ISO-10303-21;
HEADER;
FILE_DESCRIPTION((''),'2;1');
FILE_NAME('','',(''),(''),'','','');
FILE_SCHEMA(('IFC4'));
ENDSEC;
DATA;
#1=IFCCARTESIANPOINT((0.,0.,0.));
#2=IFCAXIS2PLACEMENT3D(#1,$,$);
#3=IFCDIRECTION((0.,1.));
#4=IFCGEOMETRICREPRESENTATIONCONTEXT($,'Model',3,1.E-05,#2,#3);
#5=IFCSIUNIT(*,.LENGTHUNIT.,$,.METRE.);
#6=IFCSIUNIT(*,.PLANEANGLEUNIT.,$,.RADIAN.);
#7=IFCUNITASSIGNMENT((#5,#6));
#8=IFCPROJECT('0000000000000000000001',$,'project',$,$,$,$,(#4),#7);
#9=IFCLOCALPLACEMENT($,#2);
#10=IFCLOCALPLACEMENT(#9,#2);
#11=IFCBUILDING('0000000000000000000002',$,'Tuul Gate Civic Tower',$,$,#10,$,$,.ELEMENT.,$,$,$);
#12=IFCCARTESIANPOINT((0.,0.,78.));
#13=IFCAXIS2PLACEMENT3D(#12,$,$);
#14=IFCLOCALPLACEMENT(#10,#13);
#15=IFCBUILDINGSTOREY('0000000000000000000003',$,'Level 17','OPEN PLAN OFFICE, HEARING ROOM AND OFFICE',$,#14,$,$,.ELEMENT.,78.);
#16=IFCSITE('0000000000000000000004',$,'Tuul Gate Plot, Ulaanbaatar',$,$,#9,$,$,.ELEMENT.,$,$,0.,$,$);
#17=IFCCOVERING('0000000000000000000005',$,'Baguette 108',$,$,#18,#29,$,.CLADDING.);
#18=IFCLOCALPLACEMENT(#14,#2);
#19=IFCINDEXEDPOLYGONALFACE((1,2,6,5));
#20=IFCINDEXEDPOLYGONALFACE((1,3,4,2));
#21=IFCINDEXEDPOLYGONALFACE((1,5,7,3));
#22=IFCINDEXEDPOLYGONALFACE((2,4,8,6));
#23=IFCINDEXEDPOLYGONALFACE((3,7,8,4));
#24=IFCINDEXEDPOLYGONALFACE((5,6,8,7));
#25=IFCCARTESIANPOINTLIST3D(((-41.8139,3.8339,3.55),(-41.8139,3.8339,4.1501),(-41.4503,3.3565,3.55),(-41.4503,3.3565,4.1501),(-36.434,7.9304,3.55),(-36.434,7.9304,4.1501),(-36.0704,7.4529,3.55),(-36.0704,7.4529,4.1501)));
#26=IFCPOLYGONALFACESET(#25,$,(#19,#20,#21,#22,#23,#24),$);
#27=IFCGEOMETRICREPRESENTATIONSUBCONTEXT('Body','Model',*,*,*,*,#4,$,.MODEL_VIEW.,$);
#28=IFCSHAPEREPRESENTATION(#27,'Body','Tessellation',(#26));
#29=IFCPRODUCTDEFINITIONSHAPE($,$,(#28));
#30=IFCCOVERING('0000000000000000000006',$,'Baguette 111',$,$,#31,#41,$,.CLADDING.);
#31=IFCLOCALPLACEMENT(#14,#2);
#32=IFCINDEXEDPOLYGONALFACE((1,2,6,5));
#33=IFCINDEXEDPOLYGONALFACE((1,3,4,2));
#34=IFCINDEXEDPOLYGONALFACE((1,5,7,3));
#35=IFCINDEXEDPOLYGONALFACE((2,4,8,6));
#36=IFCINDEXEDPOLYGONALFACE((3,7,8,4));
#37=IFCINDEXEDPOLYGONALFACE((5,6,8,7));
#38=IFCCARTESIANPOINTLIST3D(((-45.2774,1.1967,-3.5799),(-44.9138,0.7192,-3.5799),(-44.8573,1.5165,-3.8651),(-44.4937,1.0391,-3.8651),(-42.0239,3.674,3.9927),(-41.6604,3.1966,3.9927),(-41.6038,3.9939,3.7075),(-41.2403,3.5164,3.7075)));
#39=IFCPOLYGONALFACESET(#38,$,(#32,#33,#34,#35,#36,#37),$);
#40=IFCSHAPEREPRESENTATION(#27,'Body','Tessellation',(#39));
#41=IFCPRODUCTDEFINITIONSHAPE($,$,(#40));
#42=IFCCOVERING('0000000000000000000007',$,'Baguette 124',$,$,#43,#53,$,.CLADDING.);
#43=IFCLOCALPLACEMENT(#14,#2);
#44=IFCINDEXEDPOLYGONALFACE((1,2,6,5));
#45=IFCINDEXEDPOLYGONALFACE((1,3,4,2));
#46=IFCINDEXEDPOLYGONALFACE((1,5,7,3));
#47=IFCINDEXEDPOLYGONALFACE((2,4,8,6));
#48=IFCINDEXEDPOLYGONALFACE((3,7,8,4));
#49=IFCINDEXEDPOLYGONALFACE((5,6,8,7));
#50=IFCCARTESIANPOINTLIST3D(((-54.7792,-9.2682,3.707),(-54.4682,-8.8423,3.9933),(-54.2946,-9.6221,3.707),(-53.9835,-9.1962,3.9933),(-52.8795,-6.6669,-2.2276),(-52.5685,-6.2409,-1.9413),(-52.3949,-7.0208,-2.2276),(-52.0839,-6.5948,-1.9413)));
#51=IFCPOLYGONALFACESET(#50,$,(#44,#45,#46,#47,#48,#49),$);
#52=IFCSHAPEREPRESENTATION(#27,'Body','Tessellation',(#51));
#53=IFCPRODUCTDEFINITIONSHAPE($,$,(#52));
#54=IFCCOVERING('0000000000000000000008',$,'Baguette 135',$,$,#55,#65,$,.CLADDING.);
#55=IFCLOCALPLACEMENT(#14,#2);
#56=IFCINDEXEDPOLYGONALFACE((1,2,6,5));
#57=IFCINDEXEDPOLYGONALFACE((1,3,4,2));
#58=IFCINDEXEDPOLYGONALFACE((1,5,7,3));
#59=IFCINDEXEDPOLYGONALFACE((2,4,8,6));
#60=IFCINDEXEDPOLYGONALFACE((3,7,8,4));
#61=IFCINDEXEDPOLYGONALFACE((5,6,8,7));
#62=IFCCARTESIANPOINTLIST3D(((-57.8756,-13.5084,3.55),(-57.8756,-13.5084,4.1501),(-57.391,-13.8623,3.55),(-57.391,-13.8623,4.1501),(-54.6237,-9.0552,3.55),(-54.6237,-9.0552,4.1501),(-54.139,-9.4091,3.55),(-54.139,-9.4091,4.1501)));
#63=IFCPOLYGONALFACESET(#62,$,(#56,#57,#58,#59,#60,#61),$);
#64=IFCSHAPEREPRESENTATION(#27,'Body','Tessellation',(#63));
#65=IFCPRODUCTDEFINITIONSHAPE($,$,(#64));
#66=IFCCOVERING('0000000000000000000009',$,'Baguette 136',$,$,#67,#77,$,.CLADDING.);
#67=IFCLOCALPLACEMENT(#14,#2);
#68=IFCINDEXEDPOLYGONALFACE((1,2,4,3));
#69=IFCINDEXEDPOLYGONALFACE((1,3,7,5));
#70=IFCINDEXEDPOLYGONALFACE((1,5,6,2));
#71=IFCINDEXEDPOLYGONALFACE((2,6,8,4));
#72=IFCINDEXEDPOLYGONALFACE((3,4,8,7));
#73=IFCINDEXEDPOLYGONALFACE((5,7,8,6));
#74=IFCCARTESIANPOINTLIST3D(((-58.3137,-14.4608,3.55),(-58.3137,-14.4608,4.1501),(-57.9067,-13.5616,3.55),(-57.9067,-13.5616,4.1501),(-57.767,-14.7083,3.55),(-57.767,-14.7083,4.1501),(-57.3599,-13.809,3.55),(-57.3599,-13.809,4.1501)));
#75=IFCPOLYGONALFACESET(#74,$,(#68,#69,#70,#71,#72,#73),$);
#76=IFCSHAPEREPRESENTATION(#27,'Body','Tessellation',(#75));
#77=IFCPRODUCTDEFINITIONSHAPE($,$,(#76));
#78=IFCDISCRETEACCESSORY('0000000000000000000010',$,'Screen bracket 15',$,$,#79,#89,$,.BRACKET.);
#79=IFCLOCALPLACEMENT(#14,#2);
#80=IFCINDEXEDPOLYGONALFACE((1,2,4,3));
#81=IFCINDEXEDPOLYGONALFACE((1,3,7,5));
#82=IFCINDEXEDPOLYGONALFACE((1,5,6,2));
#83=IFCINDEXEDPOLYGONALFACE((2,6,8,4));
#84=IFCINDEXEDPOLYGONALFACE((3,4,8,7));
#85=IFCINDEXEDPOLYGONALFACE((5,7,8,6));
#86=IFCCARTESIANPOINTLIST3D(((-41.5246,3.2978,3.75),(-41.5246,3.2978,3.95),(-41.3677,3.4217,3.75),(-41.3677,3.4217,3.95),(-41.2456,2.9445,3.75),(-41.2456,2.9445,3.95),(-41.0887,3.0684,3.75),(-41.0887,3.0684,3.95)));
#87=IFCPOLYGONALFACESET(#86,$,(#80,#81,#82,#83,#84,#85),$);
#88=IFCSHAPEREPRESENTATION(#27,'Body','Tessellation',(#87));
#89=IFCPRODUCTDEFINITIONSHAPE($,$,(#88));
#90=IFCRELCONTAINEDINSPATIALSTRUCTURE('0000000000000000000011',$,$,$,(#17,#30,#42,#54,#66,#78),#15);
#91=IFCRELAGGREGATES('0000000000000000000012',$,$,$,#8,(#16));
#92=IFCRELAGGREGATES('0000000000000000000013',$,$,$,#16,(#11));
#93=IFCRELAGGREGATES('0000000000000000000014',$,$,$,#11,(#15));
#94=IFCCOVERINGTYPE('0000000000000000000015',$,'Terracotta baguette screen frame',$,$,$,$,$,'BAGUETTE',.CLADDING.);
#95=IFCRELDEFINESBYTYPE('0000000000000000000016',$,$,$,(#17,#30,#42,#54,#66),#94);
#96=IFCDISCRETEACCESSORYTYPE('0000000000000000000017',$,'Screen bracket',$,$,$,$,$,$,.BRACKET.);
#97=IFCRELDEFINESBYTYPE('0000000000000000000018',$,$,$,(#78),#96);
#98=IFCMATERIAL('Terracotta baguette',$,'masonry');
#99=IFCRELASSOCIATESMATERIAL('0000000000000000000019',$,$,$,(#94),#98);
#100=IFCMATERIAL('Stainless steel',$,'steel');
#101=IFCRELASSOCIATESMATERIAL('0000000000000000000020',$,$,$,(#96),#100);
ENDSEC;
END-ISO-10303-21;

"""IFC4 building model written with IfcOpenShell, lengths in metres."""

from ifc_helpers import new_model, si_unit, direction, frame, origin, origin_2d, place, context, subcontext, project, spatial, rectangle, extrude, material, material_profile, profile_set, type_object, element, save


model = new_model("IFC4")

# Units and contexts
model_context = context("Model", 3, precision=1e-05, world=origin(), true_north=direction((0.0, 1.0)))
body_context = subcontext(model_context, "Body", "Model", "MODEL_VIEW")
ifc_project = project(units=[si_unit("LENGTHUNIT", "METRE"), si_unit("PLANEANGLEUNIT", "RADIAN")], contexts=[model_context])

# Site, building, storey
site_placement = place(None, origin())
site = spatial("IfcSite", under=ifc_project, at=site_placement, Name="Tuul Gate Plot, Ulaanbaatar", CompositionType="ELEMENT", RefElevation=0.0)
building_placement = place(site_placement, origin())
building = spatial("IfcBuilding", under=site, at=building_placement, Name="Tuul Gate Civic Tower", CompositionType="ELEMENT")
storey_placement = place(building_placement, frame((0.0, 0.0, 78.0)))
storey = spatial("IfcBuildingStorey", under=building, at=storey_placement, Name="Level 17", Description="OPEN PLAN OFFICE, HEARING ROOM AND OFFICE", CompositionType="ELEMENT", Elevation=78.0)

# Coverings
ifc_material_1 = material(Name="Terracotta baguette", Category="masonry")
ifc_material_profile_1 = material_profile(ifc_material_1, rectangle(XDim=0.6001, YDim=0.6001, at=origin_2d()), Name="Terracotta baguette screen frame")
ifc_profile_set_1 = profile_set([ifc_material_profile_1], Name="Terracotta baguette")
covering_type = type_object("IfcCoveringType", Name="Terracotta baguette screen frame", ElementType="BAGUETTE", PredefinedType="CLADDING", material=ifc_profile_set_1)
covering_1_placement = place(storey_placement, frame((-36.2522, 7.6917, 3.8501), z_axis=(-0.795612, -0.605807, 0.0), x_axis=(0.605807, -0.795612, 0.0)))
element("IfcCovering", 1, at=covering_1_placement, inside=storey, type_object=covering_type, Name="Baguette 108", PredefinedType="CLADDING", context=body_context, shape_type="SweptSolid", body=[
    extrude(rectangle(XDim=0.6001, YDim=0.6001, at=origin_2d()), origin(), (0.0, 0.0, 1.0), 6.762),
])
covering_2_placement = place(storey_placement, frame((-41.6321, 3.5952, 3.8501), z_axis=(-0.378037, -0.287854, -0.879902), x_axis=(0.605811, -0.795608, 0.0)))
element("IfcCovering", 2, at=covering_2_placement, inside=storey, type_object=covering_type, Name="Baguette 111", PredefinedType="CLADDING", context=body_context, shape_type="SweptSolid", body=[
    extrude(rectangle(XDim=0.6001, YDim=0.6001, at=origin_2d()), origin(), (0.0, 0.0, 1.0), 8.6062),
])
covering_3_placement = place(storey_placement, frame((-52.4817, -6.6309, -2.0845), z_axis=(-0.281332, -0.385244, 0.878885), x_axis=(0.807584, -0.589752, 0.0)))
element("IfcCovering", 3, at=covering_3_placement, inside=storey, type_object=covering_type, Name="Baguette 124", PredefinedType="CLADDING", context=body_context, shape_type="SweptSolid", body=[
    extrude(rectangle(XDim=0.6001, YDim=0.6001, at=origin_2d()), origin(), (0.0, 0.0, 1.0), 6.7524),
])
covering_4_placement = place(storey_placement, frame((-54.3813, -9.2322, 3.8501), z_axis=(-0.58975, -0.807586, 0.0), x_axis=(0.807586, -0.58975, 0.0)))
element("IfcCovering", 4, at=covering_4_placement, inside=storey, type_object=covering_type, Name="Baguette 135", PredefinedType="CLADDING", context=body_context, shape_type="SweptSolid", body=[
    extrude(rectangle(XDim=0.6001, YDim=0.6001, at=origin_2d()), origin(), (0.0, 0.0, 1.0), 5.5142),
])
covering_5_placement = place(storey_placement, frame((-57.6333, -13.6853, 3.8501), z_axis=(-0.412349, -0.911026, 0.0), x_axis=(0.911026, -0.412349, 0.0)))
element("IfcCovering", 5, at=covering_5_placement, inside=storey, type_object=covering_type, Name="Baguette 136", PredefinedType="CLADDING", context=body_context, shape_type="SweptSolid", body=[
    extrude(rectangle(XDim=0.6001, YDim=0.6001, at=origin_2d()), origin(), (0.0, 0.0, 1.0), 0.9871),
])

# Discrete accessory
ifc_material_2 = material(Name="Stainless steel", Category="steel")
discrete_accessory_type = type_object("IfcDiscreteAccessoryType", Name="Screen bracket", PredefinedType="BRACKET", material=ifc_material_2)
discrete_accessory_placement = place(storey_placement, frame((-41.3066, 3.1831, 3.75), z_axis=(0.0, 0.0, 1.0), x_axis=(-0.619883, 0.784694, 0.0)))
element("IfcDiscreteAccessory", 6, at=discrete_accessory_placement, inside=storey, type_object=discrete_accessory_type, Name="Screen bracket 15", PredefinedType="BRACKET", context=body_context, shape_type="SweptSolid", body=[
    extrude(rectangle(XDim=0.4502, YDim=0.2, at=origin_2d()), origin(), (0.0, 0.0, 1.0), 0.2),
])

save(model, "model.ifc")
